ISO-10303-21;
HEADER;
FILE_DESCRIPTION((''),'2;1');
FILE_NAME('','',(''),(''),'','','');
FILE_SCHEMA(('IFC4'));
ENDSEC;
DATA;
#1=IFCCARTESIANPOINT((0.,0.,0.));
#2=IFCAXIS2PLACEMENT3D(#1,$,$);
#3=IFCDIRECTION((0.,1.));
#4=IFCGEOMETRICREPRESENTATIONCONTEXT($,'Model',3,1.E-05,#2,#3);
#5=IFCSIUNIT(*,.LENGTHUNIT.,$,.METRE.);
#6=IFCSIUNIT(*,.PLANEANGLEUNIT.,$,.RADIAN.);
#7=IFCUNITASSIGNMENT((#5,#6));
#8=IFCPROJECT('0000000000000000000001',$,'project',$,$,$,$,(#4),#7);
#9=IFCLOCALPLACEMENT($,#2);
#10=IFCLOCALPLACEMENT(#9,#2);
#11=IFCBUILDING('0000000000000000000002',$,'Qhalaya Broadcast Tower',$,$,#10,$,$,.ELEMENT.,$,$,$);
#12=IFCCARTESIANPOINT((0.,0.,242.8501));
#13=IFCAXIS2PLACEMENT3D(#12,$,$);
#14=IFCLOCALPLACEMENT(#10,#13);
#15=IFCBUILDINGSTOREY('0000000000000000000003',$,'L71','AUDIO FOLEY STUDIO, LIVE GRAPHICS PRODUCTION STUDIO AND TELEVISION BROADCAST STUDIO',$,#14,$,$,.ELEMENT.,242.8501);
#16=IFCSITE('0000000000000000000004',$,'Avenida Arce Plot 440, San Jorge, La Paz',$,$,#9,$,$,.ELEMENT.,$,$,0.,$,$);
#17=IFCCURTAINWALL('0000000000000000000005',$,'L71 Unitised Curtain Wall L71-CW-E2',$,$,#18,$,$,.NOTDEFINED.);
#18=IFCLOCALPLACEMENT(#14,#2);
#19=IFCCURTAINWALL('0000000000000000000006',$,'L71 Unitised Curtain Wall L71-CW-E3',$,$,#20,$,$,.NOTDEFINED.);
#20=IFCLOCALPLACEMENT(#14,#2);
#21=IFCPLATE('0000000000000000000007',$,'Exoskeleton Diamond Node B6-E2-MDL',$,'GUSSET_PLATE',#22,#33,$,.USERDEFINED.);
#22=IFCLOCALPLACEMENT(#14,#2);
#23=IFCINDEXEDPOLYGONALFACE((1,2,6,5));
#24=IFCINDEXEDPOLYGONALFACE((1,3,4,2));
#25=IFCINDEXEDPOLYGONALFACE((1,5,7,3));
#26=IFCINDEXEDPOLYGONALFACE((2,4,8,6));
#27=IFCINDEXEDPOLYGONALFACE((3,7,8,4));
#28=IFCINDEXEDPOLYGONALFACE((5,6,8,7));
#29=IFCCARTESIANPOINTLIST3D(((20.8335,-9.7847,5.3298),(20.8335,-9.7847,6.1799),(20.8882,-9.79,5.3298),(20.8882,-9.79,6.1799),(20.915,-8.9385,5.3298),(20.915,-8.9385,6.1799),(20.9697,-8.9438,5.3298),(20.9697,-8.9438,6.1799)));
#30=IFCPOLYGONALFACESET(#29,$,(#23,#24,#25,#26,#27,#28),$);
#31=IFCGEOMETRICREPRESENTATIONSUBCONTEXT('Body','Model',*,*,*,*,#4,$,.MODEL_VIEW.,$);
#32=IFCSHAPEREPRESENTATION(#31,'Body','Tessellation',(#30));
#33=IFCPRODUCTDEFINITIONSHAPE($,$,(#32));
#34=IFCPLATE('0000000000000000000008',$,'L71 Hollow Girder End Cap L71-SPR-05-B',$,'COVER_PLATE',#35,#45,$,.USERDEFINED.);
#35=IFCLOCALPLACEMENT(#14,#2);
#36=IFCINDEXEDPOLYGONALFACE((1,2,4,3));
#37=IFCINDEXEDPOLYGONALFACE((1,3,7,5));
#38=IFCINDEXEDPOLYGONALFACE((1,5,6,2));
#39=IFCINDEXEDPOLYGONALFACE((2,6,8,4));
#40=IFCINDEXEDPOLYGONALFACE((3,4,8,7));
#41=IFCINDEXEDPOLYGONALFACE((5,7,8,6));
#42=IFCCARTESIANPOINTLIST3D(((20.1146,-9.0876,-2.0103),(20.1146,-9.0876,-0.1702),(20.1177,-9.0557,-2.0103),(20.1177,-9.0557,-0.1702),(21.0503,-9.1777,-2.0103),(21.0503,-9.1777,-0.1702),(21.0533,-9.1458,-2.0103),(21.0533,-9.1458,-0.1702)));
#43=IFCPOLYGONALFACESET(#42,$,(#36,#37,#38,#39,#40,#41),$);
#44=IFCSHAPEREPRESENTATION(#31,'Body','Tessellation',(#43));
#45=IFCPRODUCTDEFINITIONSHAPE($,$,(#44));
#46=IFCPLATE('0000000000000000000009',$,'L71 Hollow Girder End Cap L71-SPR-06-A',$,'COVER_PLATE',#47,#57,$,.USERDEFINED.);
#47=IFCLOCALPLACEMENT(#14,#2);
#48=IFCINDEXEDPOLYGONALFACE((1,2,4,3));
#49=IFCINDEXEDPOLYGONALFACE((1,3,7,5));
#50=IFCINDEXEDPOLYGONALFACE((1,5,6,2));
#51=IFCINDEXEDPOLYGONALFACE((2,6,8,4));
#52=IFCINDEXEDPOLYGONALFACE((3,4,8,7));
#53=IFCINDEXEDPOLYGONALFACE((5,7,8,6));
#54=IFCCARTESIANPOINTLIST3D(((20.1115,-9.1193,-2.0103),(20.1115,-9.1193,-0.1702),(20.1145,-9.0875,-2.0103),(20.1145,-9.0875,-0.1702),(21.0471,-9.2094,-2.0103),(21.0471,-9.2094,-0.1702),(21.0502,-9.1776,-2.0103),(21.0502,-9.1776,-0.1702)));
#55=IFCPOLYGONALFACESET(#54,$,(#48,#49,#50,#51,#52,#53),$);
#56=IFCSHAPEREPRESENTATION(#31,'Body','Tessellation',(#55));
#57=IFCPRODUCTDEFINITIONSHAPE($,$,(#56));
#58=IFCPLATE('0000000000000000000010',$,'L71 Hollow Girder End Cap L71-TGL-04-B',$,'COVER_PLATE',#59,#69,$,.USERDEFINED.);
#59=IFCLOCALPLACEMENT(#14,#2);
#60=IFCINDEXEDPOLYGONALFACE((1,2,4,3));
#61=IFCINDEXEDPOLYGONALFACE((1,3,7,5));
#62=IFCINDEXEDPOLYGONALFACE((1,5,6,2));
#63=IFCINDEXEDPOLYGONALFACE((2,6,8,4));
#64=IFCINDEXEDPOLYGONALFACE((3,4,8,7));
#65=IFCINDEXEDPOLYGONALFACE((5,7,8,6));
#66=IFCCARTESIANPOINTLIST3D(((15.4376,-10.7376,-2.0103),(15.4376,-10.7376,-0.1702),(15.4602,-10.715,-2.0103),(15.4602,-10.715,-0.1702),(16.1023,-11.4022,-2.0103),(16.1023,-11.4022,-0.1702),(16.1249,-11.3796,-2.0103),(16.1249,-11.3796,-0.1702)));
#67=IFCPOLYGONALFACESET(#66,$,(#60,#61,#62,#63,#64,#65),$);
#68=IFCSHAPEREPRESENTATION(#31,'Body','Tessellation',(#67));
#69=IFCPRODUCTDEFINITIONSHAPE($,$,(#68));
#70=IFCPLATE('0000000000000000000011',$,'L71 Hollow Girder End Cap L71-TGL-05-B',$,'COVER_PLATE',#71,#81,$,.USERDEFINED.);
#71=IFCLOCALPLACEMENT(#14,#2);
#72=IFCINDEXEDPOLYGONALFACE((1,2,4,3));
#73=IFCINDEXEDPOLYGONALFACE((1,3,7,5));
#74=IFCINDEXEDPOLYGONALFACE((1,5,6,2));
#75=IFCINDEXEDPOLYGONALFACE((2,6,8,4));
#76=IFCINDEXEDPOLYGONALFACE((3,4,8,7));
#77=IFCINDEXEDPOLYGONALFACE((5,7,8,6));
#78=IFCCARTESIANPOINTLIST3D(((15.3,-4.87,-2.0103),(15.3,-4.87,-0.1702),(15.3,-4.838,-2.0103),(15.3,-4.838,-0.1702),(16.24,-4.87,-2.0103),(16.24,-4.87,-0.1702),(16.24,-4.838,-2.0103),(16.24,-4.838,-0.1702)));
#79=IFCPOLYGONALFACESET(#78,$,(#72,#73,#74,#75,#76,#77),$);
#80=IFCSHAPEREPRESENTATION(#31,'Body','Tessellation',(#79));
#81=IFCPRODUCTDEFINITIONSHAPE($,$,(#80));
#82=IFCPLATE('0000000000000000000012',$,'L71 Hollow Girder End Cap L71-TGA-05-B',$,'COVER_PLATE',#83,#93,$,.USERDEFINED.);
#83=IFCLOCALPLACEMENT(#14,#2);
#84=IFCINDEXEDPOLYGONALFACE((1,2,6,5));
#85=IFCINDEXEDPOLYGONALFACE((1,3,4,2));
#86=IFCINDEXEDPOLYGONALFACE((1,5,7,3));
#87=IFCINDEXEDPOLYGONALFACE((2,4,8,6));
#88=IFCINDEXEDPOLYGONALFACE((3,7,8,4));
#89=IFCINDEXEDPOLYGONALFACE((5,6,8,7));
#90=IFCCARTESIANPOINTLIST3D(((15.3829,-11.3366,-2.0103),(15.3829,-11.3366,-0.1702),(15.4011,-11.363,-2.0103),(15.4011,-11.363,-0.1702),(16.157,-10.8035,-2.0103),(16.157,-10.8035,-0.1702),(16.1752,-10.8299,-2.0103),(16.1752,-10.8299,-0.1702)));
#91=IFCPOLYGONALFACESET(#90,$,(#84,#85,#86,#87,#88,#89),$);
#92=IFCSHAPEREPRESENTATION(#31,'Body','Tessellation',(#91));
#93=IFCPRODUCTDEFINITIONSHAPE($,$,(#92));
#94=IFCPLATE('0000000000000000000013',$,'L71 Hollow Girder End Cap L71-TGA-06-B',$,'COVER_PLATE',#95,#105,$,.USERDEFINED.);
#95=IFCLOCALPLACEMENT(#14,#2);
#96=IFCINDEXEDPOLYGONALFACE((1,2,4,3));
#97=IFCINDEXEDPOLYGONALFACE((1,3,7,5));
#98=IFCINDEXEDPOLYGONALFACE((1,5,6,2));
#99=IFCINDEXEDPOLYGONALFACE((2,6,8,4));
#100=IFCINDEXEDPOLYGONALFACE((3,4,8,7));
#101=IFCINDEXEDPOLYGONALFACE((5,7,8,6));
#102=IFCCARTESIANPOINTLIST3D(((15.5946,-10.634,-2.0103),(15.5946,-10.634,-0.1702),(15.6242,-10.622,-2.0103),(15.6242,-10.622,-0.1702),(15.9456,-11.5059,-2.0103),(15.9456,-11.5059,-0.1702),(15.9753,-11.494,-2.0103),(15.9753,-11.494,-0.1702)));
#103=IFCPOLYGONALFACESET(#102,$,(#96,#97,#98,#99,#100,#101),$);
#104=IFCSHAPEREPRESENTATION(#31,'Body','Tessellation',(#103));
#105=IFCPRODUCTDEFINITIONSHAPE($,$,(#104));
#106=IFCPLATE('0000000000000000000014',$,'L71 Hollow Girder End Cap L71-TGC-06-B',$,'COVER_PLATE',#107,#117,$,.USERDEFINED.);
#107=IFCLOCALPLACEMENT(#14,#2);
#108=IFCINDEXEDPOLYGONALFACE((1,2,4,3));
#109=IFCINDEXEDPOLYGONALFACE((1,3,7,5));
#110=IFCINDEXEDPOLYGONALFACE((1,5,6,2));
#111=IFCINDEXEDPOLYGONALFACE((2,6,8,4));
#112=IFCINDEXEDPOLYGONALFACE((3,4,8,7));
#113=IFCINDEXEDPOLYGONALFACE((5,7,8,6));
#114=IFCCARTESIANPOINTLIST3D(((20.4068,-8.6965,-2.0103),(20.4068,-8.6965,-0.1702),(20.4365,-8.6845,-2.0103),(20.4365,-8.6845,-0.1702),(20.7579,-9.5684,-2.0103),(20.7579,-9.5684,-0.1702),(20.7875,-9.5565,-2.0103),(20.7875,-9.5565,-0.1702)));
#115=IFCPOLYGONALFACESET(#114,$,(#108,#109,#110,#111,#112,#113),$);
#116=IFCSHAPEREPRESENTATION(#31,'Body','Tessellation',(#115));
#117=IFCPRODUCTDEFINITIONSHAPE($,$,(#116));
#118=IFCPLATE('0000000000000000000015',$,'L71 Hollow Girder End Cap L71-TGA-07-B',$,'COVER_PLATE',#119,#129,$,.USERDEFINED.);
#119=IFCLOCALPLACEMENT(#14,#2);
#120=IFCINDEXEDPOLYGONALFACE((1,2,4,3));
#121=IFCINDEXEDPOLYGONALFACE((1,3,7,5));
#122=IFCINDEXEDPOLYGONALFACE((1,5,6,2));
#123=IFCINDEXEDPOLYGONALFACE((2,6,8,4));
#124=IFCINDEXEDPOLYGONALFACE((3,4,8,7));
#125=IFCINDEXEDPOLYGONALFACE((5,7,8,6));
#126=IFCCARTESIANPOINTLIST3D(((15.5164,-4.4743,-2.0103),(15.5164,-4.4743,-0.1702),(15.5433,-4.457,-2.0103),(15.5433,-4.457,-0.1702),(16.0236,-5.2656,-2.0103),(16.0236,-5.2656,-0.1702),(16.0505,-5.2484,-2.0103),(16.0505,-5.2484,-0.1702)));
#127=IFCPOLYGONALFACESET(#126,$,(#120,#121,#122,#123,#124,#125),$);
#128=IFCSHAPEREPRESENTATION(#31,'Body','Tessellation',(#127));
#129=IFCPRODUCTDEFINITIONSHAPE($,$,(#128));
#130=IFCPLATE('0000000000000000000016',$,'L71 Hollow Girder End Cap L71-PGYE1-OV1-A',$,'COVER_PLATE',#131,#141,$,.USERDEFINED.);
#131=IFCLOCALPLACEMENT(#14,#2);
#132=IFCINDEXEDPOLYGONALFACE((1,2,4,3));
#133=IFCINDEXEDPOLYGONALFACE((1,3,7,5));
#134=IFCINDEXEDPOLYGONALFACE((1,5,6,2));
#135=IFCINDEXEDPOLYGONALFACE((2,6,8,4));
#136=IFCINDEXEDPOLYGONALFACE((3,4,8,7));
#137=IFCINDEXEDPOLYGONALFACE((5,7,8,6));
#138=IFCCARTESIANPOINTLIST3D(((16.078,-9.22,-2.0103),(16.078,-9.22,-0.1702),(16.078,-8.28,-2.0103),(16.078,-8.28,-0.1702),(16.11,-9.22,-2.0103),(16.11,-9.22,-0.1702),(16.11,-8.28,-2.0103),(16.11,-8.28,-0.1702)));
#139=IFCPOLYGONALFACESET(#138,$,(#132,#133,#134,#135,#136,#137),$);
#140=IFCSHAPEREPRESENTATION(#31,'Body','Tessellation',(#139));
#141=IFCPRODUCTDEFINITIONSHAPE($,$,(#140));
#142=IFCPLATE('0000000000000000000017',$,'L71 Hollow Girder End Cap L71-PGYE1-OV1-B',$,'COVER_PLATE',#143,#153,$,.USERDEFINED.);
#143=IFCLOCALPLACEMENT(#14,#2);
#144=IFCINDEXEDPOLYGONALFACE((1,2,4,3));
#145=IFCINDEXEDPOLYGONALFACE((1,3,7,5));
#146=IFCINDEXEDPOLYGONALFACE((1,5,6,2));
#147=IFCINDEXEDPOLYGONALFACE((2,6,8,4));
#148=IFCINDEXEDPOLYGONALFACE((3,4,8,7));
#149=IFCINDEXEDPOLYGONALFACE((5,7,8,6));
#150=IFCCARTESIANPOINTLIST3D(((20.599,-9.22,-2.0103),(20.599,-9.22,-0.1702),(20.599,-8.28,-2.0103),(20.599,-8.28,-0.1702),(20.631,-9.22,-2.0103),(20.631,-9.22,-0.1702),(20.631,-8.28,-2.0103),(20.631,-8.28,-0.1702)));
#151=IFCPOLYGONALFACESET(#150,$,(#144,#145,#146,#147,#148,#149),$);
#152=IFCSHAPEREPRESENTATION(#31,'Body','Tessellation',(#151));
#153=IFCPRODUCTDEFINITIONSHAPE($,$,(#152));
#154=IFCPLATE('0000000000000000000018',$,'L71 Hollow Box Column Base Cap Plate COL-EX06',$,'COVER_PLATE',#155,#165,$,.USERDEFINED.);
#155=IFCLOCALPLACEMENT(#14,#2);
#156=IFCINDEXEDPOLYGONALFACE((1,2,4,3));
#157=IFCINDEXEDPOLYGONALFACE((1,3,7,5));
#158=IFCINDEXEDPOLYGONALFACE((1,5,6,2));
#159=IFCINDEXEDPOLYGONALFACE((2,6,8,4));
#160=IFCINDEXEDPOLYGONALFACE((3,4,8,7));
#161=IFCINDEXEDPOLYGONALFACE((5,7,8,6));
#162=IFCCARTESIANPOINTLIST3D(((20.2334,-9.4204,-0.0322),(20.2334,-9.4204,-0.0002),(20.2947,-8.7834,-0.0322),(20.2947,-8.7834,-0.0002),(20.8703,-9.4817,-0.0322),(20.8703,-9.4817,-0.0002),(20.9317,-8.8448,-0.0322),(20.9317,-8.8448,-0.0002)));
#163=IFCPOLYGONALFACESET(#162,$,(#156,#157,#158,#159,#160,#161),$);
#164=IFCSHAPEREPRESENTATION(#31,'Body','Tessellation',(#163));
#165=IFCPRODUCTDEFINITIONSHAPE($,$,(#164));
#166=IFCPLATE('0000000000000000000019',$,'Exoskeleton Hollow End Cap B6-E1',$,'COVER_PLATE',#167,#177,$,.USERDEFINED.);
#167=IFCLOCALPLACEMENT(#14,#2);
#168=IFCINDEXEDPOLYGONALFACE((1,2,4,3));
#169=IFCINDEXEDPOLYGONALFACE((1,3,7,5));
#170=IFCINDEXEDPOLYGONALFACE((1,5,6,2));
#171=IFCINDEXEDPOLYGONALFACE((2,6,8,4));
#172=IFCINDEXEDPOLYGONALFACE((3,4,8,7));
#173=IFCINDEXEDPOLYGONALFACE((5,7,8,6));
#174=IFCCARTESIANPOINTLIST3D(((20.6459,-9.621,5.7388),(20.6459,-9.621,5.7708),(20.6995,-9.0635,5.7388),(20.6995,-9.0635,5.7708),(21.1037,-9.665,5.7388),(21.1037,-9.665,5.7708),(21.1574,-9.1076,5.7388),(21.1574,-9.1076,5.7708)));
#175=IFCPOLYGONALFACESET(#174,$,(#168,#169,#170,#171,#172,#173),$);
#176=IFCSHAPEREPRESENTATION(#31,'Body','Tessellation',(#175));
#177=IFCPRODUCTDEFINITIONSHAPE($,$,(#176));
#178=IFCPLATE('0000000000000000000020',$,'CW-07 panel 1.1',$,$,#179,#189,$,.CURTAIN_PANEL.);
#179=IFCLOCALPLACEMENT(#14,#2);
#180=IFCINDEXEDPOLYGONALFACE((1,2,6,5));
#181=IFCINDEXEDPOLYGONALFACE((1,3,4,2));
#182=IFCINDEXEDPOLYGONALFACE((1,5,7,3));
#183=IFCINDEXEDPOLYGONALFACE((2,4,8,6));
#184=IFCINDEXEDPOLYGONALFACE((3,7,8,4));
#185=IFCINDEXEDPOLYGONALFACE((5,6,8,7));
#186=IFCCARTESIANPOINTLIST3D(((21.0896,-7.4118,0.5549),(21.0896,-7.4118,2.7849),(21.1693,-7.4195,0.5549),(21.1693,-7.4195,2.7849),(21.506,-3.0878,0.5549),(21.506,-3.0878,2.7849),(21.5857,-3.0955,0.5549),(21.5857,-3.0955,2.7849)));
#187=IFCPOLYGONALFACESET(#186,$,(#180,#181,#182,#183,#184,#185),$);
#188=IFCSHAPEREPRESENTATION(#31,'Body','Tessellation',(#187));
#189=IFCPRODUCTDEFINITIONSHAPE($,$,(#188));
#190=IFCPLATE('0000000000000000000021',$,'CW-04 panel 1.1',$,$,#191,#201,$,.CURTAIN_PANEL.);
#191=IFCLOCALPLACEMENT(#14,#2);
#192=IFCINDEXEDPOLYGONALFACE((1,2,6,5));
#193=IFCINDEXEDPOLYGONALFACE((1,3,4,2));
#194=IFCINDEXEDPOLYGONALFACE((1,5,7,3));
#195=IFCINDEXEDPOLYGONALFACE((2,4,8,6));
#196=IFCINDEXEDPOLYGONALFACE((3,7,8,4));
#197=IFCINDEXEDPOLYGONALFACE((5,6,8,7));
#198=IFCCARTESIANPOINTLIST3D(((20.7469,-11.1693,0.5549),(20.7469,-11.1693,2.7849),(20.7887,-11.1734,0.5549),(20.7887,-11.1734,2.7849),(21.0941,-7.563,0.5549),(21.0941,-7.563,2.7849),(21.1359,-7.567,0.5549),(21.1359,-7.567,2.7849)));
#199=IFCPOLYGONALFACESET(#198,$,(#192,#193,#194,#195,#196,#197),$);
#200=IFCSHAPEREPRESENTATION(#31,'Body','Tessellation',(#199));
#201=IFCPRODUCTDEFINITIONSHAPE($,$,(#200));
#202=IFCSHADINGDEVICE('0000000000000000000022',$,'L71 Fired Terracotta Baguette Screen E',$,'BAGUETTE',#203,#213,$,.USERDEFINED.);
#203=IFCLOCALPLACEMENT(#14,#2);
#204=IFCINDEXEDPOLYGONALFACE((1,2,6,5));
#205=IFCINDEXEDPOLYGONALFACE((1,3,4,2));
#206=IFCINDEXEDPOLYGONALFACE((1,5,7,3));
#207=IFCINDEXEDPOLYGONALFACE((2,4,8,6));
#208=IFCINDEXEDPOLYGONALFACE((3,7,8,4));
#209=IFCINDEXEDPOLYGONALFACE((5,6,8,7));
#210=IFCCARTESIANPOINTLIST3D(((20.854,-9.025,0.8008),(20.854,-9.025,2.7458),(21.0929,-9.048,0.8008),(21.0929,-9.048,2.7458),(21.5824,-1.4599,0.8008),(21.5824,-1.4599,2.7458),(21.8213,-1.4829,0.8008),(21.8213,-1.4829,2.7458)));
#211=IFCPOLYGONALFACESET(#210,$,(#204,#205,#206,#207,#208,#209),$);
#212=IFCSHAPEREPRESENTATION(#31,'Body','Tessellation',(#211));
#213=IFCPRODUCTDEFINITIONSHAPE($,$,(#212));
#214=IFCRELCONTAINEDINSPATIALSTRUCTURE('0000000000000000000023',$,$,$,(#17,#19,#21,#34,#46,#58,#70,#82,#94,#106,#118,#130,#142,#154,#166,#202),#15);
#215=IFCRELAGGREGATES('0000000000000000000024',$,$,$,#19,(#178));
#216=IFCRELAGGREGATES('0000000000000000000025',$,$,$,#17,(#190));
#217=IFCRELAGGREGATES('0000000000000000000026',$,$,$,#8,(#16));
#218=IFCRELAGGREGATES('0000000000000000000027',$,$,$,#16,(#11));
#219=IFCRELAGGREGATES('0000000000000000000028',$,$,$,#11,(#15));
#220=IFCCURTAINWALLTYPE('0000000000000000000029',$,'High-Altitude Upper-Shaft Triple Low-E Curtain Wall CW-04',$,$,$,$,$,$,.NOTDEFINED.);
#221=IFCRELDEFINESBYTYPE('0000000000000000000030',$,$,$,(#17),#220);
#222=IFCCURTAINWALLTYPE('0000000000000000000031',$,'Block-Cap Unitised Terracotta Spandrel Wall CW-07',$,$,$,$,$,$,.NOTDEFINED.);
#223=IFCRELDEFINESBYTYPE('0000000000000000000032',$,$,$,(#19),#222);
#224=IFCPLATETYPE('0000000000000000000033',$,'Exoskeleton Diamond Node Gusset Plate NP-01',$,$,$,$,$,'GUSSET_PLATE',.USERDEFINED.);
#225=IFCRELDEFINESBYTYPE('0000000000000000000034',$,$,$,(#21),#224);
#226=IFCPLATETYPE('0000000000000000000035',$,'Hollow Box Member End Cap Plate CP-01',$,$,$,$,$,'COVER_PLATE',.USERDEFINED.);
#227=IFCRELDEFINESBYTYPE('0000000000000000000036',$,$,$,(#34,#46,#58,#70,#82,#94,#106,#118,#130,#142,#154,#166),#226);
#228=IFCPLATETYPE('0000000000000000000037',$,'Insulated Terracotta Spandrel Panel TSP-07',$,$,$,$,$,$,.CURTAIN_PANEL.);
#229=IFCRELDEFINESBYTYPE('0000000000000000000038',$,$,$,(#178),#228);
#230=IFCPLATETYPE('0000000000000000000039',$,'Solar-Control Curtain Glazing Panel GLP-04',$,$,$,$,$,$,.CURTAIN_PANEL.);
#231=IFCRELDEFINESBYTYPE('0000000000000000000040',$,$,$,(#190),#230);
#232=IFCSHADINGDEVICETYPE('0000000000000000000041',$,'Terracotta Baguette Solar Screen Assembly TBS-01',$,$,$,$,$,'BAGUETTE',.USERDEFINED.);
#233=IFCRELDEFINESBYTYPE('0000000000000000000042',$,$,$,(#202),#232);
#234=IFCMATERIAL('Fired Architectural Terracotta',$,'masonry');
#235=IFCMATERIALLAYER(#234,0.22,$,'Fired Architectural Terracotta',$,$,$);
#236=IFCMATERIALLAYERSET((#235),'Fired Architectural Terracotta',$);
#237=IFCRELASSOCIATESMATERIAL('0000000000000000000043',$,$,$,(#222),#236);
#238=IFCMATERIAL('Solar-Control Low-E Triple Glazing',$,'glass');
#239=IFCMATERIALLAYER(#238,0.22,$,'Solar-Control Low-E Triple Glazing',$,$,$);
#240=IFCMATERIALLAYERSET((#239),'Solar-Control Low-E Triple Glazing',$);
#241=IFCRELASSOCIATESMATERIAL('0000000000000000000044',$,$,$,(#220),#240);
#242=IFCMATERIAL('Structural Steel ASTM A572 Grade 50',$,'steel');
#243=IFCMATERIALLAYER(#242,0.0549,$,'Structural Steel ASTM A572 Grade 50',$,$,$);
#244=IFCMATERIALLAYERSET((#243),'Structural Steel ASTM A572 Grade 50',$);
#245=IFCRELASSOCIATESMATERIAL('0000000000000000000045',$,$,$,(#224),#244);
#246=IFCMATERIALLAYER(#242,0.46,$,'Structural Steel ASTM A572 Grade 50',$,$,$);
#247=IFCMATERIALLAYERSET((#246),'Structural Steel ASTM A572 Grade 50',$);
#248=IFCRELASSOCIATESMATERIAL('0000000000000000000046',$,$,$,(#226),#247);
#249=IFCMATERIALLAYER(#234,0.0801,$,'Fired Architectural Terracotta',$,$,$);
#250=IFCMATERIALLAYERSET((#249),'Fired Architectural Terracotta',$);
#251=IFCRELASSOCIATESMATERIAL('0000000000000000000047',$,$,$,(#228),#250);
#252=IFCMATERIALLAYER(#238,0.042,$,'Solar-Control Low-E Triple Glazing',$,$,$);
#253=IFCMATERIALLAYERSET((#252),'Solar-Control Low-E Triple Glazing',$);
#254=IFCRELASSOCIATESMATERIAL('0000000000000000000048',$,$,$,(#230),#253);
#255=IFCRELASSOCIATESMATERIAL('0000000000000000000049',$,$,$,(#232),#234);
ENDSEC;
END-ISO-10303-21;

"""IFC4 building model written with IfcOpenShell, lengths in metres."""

from ifc_helpers import new_model, si_unit, direction, frame, origin, origin_2d, place, context, subcontext, project, spatial, rectangle, extrude, material, layer, layer_set, type_object, element, aggregate, save


model = new_model("IFC4")

# Units and contexts
model_context = context("Model", 3, precision=1e-05, world=origin(), true_north=direction((0.0, 1.0)))
body_context = subcontext(model_context, "Body", "Model", "MODEL_VIEW")
ifc_project = project(units=[si_unit("LENGTHUNIT", "METRE"), si_unit("PLANEANGLEUNIT", "RADIAN")], contexts=[model_context])

# Site, building, storey
site_placement = place(None, origin())
site = spatial("IfcSite", under=ifc_project, at=site_placement, Name="Avenida Arce Plot 440, San Jorge, La Paz", CompositionType="ELEMENT", RefElevation=0.0)
building_placement = place(site_placement, origin())
building = spatial("IfcBuilding", under=site, at=building_placement, Name="Qhalaya Broadcast Tower", CompositionType="ELEMENT")
storey_placement = place(building_placement, frame((0.0, 0.0, 242.8501)))
storey = spatial("IfcBuildingStorey", under=building, at=storey_placement, Name="L71", Description="AUDIO FOLEY STUDIO, LIVE GRAPHICS PRODUCTION STUDIO AND TELEVISION BROADCAST STUDIO", CompositionType="ELEMENT", Elevation=242.8501)

# Shared definitions
ifc_material_1 = material(Name="Structural Steel ASTM A572 Grade 50", Category="steel")

# Shared definitions
ifc_material_2 = material(Name="Fired Architectural Terracotta", Category="masonry")
ifc_layer_1 = layer(ifc_material_2, 0.22, Name="Fired Architectural Terracotta")
ifc_layer_set_1 = layer_set([ifc_layer_1], Name="Fired Architectural Terracotta")
curtain_wall_type_1 = type_object("IfcCurtainWallType", Name="Block-Cap Unitised Terracotta Spandrel Wall CW-07", PredefinedType="NOTDEFINED", material=ifc_layer_set_1)

# Curtain walls
ifc_material_3 = material(Name="Solar-Control Low-E Triple Glazing", Category="glass")
ifc_layer_2 = layer(ifc_material_3, 0.22, Name="Solar-Control Low-E Triple Glazing")
ifc_layer_set_2 = layer_set([ifc_layer_2], Name="Solar-Control Low-E Triple Glazing")
curtain_wall_type_2 = type_object("IfcCurtainWallType", Name="High-Altitude Upper-Shaft Triple Low-E Curtain Wall CW-04", PredefinedType="NOTDEFINED", material=ifc_layer_set_2)
curtain_wall_1_placement = place(storey_placement, origin())
curtain_wall_1 = element("IfcCurtainWall", 1, at=curtain_wall_1_placement, inside=storey, type_object=curtain_wall_type_2, Name="L71 Unitised Curtain Wall L71-CW-E2", PredefinedType="NOTDEFINED")
curtain_wall_2_placement = place(storey_placement, origin())
curtain_wall_2 = element("IfcCurtainWall", 2, at=curtain_wall_2_placement, inside=storey, type_object=curtain_wall_type_1, Name="L71 Unitised Curtain Wall L71-CW-E3", PredefinedType="NOTDEFINED")

# Plates
ifc_layer_3 = layer(ifc_material_1, 0.0549, Name="Structural Steel ASTM A572 Grade 50")
ifc_layer_set_3 = layer_set([ifc_layer_3], Name="Structural Steel ASTM A572 Grade 50")
plate_type_1 = type_object("IfcPlateType", Name="Exoskeleton Diamond Node Gusset Plate NP-01", ElementType="GUSSET_PLATE", PredefinedType="USERDEFINED", material=ifc_layer_set_3)
plate_1_placement = place(storey_placement, frame((20.9016, -9.3643, 5.3298), z_axis=(0.0, 0.0, 1.0), x_axis=(0.095846, 0.995396, 0.0)))
element("IfcPlate", 3, at=plate_1_placement, inside=storey, type_object=plate_type_1, Name="Exoskeleton Diamond Node B6-E2-MDL", ObjectType="GUSSET_PLATE", PredefinedType="USERDEFINED", context=body_context, shape_type="SweptSolid", body=[
    extrude(rectangle(XDim=0.8501, YDim=0.0549, at=origin_2d()), origin(), (0.0, 0.0, 1.0), 0.8501),
])
ifc_layer_4 = layer(ifc_material_1, 0.46, Name="Structural Steel ASTM A572 Grade 50")
ifc_layer_set_4 = layer_set([ifc_layer_4], Name="Structural Steel ASTM A572 Grade 50")
plate_type_2 = type_object("IfcPlateType", Name="Hollow Box Member End Cap Plate CP-01", ElementType="COVER_PLATE", PredefinedType="USERDEFINED", material=ifc_layer_set_4)
for number, where, z_axis, x_axis, name in (
    (4, (20.584, -9.1167, -2.0103), (0.0, 0.0, 1.0), (-0.995398, 0.095828, 0.0), "L71 Hollow Girder End Cap L71-SPR-05-B"),
    (5, (20.5808, -9.1484, -2.0103), (0.0, 0.0, 1.0), (-0.995396, 0.095846, 0.0), "L71 Hollow Girder End Cap L71-SPR-06-A"),
    (6, (15.7812, -11.0586, -2.0103), (0.0, 0.0, 1.0), (-0.707107, 0.707107, 0.0), "L71 Hollow Girder End Cap L71-TGL-04-B"),
    (7, (15.77, -4.854, -2.0103), (0.0, 0.0, 1.0), (-1.0, 0.0, 0.0), "L71 Hollow Girder End Cap L71-TGL-05-B"),
    (8, (15.7791, -11.0833, -2.0103), (0.0, 0.0, 1.0), (0.823582, 0.567197, 0.0), "L71 Hollow Girder End Cap L71-TGA-05-B"),
    (9, (15.7849, -11.064, -2.0103), (0.0, 0.0, 1.0), (-0.373474, 0.927641, 0.0), "L71 Hollow Girder End Cap L71-TGA-06-B"),
    (10, (20.5972, -9.1265, -2.0103), (0.0, 0.0, 1.0), (-0.373474, 0.927641, 0.0), "L71 Hollow Girder End Cap L71-TGC-06-B"),
    (11, (15.7834, -4.8613, -2.0103), (0.0, 0.0, 1.0), (-0.539638, 0.841897, 0.0), "L71 Hollow Girder End Cap L71-TGA-07-B"),
    (12, (16.094, -8.75, -2.0103), (0.0, 0.0, 1.0), (0.0, 1.0, 0.0), "L71 Hollow Girder End Cap L71-PGYE1-OV1-A"),
    (13, (20.615, -8.75, -2.0103), (0.0, 0.0, 1.0), (0.0, 1.0, 0.0), "L71 Hollow Girder End Cap L71-PGYE1-OV1-B"),
):
    element("IfcPlate", number, at=place(storey_placement, frame(where, z_axis=z_axis, x_axis=x_axis)), inside=storey, type_object=plate_type_2, Name=name, ObjectType="COVER_PLATE", PredefinedType="USERDEFINED", context=body_context, shape_type="SweptSolid", body=[
        extrude(rectangle(XDim=0.9399, YDim=0.032, at=origin_2d()), origin(), (0.0, 0.0, 1.0), 1.8401),
    ])
plate_2_placement = place(storey_placement, frame((20.5825, -9.1326, -0.0322), z_axis=(0.0, 0.0, 1.0), x_axis=(0.095846, 0.995396, 0.0)))
element("IfcPlate", 14, at=plate_2_placement, inside=storey, type_object=plate_type_2, Name="L71 Hollow Box Column Base Cap Plate COL-EX06", ObjectType="COVER_PLATE", PredefinedType="USERDEFINED", context=body_context, shape_type="SweptSolid", body=[
    extrude(rectangle(XDim=0.6399, YDim=0.6399, at=origin_2d()), origin(), (0.0, 0.0, 1.0), 0.032),
])
plate_3_placement = place(storey_placement, frame((20.9016, -9.3643, 5.7388), z_axis=(0.0, 0.0, 1.0), x_axis=(0.095846, 0.995396, 0.0)))
element("IfcPlate", 15, at=plate_3_placement, inside=storey, type_object=plate_type_2, Name="Exoskeleton Hollow End Cap B6-E1", ObjectType="COVER_PLATE", PredefinedType="USERDEFINED", context=body_context, shape_type="SweptSolid", body=[
    extrude(rectangle(XDim=0.5601, YDim=0.46, at=origin_2d()), origin(), (0.0, 0.0, 1.0), 0.032),
])

# Plates
ifc_layer_5 = layer(ifc_material_2, 0.0801, Name="Fired Architectural Terracotta")
ifc_layer_set_5 = layer_set([ifc_layer_5], Name="Fired Architectural Terracotta")
plate_type_3 = type_object("IfcPlateType", Name="Insulated Terracotta Spandrel Panel TSP-07", PredefinedType="CURTAIN_PANEL", material=ifc_layer_set_5)
plate_4_placement = place(storey_placement, frame((21.3376, -5.2537, 0.5549), z_axis=(0.0, 0.0, 1.0), x_axis=(0.095861, 0.995395, 0.0)))
plate_4 = element("IfcPlate", 16, at=plate_4_placement, type_object=plate_type_3, Name="CW-07 panel 1.1", PredefinedType="CURTAIN_PANEL", context=body_context, shape_type="SweptSolid", body=[
    extrude(rectangle(XDim=4.344, YDim=0.0801, at=origin_2d()), origin(), (0.0, 0.0, 1.0), 2.23),
])
aggregate(curtain_wall_2, [plate_4])
ifc_layer_6 = layer(ifc_material_3, 0.042, Name="Solar-Control Low-E Triple Glazing")
ifc_layer_set_6 = layer_set([ifc_layer_6], Name="Solar-Control Low-E Triple Glazing")
plate_type_4 = type_object("IfcPlateType", Name="Solar-Control Curtain Glazing Panel GLP-04", PredefinedType="CURTAIN_PANEL", material=ifc_layer_set_6)
plate_5_placement = place(storey_placement, frame((20.9414, -9.3682, 0.5549), z_axis=(0.0, 0.0, 1.0), x_axis=(0.09584, 0.995397, 0.0)))
plate_5 = element("IfcPlate", 17, at=plate_5_placement, type_object=plate_type_4, Name="CW-04 panel 1.1", PredefinedType="CURTAIN_PANEL", context=body_context, shape_type="SweptSolid", body=[
    extrude(rectangle(XDim=3.623, YDim=0.042, at=origin_2d()), origin(), (0.0, 0.0, 1.0), 2.23),
])
aggregate(curtain_wall_1, [plate_5])

# Shading device
shading_device_type = type_object("IfcShadingDeviceType", Name="Terracotta Baguette Solar Screen Assembly TBS-01", ElementType="BAGUETTE", PredefinedType="USERDEFINED", material=ifc_material_2)
shading_device_placement = place(storey_placement, frame((21.3376, -5.2539, 0.8008), z_axis=(0.0, 0.0, 1.0), x_axis=(0.095846, 0.995396, 0.0)))
element("IfcShadingDevice", 18, at=shading_device_placement, inside=storey, type_object=shading_device_type, Name="L71 Fired Terracotta Baguette Screen E", ObjectType="BAGUETTE", PredefinedType="USERDEFINED", context=body_context, shape_type="SweptSolid", body=[
    extrude(rectangle(XDim=7.6001, YDim=0.24, at=origin_2d()), origin(), (0.0, 0.0, 1.0), 1.9451),
])

save(model, "model.ifc")
